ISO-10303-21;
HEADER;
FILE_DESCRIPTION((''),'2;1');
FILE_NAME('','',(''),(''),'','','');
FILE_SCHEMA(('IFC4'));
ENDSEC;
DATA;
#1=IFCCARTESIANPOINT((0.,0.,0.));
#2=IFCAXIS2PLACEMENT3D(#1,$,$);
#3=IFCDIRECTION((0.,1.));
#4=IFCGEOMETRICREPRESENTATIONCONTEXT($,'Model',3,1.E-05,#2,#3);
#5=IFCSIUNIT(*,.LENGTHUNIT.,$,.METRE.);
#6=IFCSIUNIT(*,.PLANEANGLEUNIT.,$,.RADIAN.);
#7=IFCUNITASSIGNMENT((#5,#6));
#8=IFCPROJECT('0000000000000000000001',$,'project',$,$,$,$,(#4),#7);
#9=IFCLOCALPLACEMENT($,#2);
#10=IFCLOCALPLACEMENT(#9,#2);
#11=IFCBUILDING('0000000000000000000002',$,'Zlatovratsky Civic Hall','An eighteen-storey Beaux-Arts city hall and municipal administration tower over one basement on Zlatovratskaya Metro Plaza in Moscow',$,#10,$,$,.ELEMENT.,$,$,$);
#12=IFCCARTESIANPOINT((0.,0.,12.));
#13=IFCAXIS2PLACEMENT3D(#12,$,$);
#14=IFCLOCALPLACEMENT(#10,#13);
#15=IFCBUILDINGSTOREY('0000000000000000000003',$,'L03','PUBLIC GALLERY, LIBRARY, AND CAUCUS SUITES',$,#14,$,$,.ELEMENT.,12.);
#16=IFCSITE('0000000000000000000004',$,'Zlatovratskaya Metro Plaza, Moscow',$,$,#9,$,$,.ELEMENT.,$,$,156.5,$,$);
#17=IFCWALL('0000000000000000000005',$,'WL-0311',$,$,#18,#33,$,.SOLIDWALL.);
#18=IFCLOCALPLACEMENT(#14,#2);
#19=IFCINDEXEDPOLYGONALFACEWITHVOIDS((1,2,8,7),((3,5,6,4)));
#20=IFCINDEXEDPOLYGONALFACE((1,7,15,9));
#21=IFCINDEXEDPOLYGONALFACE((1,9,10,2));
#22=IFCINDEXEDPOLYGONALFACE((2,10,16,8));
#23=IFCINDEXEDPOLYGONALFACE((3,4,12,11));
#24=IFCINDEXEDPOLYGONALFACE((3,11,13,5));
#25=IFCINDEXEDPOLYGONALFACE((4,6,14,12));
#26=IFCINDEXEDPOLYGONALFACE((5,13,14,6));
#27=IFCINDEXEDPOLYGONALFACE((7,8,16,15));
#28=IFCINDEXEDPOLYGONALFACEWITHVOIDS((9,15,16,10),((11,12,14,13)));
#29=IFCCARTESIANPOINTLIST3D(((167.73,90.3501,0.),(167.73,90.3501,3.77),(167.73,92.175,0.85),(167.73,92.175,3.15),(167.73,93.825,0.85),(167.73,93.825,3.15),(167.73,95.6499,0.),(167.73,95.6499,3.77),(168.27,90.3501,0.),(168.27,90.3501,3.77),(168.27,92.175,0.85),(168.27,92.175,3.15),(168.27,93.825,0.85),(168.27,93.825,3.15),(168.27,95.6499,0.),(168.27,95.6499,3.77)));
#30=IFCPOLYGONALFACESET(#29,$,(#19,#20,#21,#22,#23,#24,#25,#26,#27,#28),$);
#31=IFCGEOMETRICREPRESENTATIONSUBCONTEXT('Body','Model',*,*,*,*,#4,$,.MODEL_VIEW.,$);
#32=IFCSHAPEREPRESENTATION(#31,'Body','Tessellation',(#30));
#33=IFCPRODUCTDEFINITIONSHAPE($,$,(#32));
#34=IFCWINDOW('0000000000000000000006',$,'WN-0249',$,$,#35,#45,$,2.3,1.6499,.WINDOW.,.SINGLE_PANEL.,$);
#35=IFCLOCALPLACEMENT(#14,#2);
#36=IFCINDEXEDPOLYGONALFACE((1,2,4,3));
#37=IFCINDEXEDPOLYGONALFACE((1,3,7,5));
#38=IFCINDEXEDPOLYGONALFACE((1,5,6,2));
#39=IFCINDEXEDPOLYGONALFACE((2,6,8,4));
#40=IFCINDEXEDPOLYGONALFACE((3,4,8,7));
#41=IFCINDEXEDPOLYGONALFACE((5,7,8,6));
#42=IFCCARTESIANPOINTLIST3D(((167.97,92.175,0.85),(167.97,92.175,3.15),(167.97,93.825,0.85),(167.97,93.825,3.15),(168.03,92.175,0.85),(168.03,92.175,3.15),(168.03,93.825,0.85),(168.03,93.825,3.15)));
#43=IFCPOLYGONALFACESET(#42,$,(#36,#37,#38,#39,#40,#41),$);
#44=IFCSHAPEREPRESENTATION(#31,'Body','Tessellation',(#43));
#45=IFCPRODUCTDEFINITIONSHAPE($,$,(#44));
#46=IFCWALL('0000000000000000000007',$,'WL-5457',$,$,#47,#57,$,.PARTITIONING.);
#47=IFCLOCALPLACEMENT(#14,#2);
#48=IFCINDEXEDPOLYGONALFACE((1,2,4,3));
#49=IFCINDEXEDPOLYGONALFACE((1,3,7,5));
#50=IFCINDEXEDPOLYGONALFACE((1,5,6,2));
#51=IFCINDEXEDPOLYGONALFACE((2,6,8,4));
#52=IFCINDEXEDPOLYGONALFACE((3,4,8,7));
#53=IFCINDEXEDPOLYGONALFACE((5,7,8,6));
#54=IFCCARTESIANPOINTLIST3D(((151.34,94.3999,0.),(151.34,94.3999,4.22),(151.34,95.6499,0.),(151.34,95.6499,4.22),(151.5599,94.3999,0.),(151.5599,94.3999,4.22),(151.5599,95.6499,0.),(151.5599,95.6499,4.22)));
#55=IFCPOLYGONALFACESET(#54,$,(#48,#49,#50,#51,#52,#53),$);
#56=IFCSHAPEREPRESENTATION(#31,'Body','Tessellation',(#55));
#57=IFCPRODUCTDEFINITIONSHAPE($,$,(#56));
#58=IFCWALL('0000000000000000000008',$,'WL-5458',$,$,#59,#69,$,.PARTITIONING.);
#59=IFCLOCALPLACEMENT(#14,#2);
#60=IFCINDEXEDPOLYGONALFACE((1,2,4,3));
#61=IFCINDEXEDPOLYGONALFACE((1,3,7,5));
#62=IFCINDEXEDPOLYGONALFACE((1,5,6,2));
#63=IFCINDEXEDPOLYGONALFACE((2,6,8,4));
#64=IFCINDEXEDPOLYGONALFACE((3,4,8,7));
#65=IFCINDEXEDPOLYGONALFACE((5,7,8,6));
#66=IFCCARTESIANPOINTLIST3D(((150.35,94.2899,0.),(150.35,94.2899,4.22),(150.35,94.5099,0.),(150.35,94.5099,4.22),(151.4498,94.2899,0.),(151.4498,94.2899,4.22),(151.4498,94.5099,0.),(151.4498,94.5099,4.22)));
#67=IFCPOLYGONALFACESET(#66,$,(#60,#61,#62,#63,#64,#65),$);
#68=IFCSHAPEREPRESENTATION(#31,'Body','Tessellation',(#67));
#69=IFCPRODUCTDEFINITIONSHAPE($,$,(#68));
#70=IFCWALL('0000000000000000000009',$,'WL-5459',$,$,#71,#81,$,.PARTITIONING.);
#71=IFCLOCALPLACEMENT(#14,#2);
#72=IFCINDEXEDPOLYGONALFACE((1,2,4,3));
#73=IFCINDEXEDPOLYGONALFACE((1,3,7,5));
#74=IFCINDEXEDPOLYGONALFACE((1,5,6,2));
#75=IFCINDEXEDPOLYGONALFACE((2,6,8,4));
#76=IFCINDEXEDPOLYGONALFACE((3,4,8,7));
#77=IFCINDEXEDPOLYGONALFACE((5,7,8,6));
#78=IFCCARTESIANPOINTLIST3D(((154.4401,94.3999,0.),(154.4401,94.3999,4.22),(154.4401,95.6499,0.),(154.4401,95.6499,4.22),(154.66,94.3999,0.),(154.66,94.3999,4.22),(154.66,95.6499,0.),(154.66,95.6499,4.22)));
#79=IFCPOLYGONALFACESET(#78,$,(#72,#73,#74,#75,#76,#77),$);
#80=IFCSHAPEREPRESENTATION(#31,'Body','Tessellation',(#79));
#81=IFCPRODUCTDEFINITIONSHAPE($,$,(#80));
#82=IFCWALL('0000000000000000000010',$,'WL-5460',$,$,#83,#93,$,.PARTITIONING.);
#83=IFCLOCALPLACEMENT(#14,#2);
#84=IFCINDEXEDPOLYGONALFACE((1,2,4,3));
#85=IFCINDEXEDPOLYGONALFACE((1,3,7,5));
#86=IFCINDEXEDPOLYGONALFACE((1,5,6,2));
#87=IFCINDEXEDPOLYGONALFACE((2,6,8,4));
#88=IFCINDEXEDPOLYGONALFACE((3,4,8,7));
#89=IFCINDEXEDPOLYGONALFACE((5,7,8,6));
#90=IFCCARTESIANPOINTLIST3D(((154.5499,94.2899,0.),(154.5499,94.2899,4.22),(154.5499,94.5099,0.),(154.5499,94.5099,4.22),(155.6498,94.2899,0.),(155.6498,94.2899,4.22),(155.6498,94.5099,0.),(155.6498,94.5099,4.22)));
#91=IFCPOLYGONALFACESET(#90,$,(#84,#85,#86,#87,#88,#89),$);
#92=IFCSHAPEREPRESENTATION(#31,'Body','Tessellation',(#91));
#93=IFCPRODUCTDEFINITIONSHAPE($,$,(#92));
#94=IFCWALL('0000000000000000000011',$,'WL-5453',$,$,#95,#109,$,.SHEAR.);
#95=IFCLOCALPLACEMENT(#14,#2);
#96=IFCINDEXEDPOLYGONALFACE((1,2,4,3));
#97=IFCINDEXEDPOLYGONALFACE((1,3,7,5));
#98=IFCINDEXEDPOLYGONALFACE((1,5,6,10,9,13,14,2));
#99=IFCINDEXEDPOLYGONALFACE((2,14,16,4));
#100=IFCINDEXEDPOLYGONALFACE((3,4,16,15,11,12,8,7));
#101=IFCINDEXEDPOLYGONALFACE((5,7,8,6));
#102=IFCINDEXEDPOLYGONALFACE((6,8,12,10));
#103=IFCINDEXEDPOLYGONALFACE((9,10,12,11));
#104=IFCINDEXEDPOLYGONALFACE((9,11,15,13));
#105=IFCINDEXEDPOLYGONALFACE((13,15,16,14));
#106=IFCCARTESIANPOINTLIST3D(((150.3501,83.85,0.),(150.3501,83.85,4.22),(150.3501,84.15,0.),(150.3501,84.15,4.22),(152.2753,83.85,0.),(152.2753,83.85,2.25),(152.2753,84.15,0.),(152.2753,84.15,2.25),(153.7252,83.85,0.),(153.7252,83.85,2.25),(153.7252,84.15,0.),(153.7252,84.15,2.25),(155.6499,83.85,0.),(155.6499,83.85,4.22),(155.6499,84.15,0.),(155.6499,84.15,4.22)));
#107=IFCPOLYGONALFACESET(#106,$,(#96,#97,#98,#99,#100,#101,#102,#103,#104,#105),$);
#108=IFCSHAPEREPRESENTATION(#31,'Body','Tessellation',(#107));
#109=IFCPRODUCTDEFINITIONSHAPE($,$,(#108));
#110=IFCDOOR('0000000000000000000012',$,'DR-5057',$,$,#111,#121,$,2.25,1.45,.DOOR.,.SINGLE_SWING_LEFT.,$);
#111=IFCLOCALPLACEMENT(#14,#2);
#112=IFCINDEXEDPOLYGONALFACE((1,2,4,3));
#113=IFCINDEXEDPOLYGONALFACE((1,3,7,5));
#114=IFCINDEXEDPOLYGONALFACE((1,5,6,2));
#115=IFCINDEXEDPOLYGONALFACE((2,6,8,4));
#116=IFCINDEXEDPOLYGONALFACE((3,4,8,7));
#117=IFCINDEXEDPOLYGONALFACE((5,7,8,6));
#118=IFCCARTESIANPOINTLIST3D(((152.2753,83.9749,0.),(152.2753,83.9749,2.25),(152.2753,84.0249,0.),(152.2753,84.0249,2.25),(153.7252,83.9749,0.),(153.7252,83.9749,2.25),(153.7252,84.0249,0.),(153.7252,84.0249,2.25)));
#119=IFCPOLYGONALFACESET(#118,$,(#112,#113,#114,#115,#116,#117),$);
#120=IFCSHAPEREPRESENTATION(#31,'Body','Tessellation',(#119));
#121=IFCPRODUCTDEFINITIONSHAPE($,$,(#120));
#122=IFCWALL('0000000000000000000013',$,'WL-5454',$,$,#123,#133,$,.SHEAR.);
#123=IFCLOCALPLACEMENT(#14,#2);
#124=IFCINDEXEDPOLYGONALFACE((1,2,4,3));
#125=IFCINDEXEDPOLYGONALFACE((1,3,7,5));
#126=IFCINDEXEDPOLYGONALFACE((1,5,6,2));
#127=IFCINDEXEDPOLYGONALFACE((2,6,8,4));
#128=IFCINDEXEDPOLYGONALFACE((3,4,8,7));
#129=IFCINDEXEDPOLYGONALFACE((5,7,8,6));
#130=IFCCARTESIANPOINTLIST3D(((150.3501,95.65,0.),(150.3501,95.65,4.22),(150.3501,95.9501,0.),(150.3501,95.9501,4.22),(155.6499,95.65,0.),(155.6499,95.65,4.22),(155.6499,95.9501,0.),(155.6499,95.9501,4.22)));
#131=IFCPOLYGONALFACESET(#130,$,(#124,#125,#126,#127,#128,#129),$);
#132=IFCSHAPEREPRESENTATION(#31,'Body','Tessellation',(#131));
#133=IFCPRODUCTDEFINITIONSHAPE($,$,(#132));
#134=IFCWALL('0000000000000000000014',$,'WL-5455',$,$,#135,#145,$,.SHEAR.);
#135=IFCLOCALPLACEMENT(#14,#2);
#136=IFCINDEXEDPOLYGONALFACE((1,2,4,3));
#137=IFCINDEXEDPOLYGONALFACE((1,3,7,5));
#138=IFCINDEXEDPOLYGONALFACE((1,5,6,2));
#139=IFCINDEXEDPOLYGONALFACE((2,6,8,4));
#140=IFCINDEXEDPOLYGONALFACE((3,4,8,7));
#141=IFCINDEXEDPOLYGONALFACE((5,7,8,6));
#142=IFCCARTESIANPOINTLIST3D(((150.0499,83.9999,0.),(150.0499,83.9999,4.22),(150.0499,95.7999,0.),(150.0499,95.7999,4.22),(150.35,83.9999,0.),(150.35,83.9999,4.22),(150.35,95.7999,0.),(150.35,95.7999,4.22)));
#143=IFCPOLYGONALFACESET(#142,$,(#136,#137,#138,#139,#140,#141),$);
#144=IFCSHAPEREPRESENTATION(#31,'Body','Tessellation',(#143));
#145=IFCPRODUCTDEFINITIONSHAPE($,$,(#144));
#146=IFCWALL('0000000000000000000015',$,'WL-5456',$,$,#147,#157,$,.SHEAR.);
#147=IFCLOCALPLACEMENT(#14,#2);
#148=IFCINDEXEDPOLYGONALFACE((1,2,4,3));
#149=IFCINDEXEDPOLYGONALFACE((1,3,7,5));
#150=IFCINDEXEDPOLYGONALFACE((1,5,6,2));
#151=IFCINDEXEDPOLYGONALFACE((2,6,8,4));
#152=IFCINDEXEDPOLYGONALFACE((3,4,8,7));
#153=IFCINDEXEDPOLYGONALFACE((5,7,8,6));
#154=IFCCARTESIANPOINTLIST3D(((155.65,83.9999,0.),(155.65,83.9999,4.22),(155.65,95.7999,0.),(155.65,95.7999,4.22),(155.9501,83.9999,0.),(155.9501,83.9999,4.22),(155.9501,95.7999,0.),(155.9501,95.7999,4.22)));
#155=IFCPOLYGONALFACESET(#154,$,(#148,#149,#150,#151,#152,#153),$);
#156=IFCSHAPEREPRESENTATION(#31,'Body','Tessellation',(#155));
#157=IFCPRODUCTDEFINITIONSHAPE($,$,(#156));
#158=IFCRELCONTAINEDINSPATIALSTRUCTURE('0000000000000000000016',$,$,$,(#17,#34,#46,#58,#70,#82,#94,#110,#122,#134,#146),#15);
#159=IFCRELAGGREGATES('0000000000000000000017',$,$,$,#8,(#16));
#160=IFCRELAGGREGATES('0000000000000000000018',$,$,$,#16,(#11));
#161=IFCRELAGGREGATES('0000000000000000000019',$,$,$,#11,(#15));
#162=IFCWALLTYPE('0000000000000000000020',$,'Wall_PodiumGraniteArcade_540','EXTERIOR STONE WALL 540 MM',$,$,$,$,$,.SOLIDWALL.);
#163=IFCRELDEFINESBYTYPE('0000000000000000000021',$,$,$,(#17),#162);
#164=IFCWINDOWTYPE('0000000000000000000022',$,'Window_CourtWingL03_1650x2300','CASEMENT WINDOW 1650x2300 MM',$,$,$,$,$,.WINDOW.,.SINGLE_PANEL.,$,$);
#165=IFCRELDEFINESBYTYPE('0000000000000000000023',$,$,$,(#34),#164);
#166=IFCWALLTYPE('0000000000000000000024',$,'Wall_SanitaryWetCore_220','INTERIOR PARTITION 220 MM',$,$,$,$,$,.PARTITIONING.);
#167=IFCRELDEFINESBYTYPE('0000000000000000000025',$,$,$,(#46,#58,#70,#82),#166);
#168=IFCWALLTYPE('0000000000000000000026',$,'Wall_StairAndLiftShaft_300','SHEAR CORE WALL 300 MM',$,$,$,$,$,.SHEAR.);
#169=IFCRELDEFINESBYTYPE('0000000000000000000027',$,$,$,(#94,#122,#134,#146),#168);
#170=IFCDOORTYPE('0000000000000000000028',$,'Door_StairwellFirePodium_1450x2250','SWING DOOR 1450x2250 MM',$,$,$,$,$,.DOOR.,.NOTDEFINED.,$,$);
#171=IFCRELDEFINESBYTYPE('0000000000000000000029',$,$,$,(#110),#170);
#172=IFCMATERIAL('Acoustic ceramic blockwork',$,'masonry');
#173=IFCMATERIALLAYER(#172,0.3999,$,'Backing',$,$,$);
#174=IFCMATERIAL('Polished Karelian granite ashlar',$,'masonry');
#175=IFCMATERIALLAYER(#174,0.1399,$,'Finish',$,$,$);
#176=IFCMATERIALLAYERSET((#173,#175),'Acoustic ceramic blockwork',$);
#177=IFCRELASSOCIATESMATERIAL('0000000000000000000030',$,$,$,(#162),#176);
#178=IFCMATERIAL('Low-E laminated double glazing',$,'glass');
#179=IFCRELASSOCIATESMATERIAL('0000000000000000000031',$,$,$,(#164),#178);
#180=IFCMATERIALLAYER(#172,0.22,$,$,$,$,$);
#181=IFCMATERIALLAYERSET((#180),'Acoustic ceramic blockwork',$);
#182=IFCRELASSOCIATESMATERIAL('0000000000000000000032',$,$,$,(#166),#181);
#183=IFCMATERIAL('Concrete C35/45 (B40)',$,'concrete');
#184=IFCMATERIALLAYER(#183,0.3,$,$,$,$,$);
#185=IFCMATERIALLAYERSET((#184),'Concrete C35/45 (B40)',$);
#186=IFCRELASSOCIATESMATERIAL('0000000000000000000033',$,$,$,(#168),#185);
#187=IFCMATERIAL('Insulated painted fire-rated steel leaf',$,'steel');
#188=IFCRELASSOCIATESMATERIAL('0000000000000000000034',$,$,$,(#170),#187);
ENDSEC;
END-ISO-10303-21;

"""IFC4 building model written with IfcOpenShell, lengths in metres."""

from ifc_helpers import new_model, si_unit, direction, frame, frame_2d, origin, place, context, subcontext, project, spatial, rectangle, extrude, material, layer, layer_set, type_object, element, fill, save


model = new_model("IFC4")

# Units and contexts
model_context = context("Model", 3, precision=1e-05, world=origin(), true_north=direction((0.0, 1.0)))
body_context = subcontext(model_context, "Body", "Model", "MODEL_VIEW")
ifc_project = project(units=[si_unit("LENGTHUNIT", "METRE"), si_unit("PLANEANGLEUNIT", "RADIAN")], contexts=[model_context])

# Site, building, storey
site_placement = place(None, origin())
site = spatial("IfcSite", under=ifc_project, at=site_placement, Name="Zlatovratskaya Metro Plaza, Moscow", CompositionType="ELEMENT", RefElevation=156.5)
building_placement = place(site_placement, origin())
building = spatial("IfcBuilding", under=site, at=building_placement, Name="Zlatovratsky Civic Hall", Description="An eighteen-storey Beaux-Arts city hall and municipal administration tower over one basement on Zlatovratskaya Metro Plaza in Moscow", CompositionType="ELEMENT")
storey_placement = place(building_placement, frame((0.0, 0.0, 12.0)))
storey = spatial("IfcBuildingStorey", under=building, at=storey_placement, Name="L03", Description="PUBLIC GALLERY, LIBRARY, AND CAUCUS SUITES", CompositionType="ELEMENT", Elevation=12.0)

# Shared definitions
ifc_material_1 = material(Name="Concrete C35/45 (B40)", Category="concrete")

# Shared definitions
ifc_material_2 = material(Name="Acoustic ceramic blockwork", Category="masonry")
ifc_material_3 = material(Name="Insulated painted fire-rated steel leaf", Category="steel")

# Wall, opening, window
ifc_layer_1 = layer(ifc_material_2, 0.3999, Name="Backing")
ifc_material_4 = material(Name="Polished Karelian granite ashlar", Category="masonry")
ifc_layer_2 = layer(ifc_material_4, 0.1399, Name="Finish")
ifc_layer_set_1 = layer_set([ifc_layer_1, ifc_layer_2], Name="Acoustic ceramic blockwork")
wall_type_1 = type_object("IfcWallType", Name="Wall_PodiumGraniteArcade_540", Description="EXTERIOR STONE WALL 540 MM", PredefinedType="SOLIDWALL", material=ifc_layer_set_1)
ifc_material_5 = material(Name="Low-E laminated double glazing", Category="glass")
window_type = type_object("IfcWindowType", Name="Window_CourtWingL03_1650x2300", Description="CASEMENT WINDOW 1650x2300 MM", PartitioningType="SINGLE_PANEL", PredefinedType="WINDOW", material=ifc_material_5)
wall_1_placement = place(storey_placement, frame((168.0, 90.3501, 0.0), z_axis=(0.0, 0.0, 1.0), x_axis=(0.0, 1.0, 0.0)))
wall_1 = element("IfcWall", 1, at=wall_1_placement, inside=storey, type_object=wall_type_1, Name="WL-0311", PredefinedType="SOLIDWALL", context=body_context, shape_type="SweptSolid", body=[
    extrude(rectangle(XDim=5.2998, YDim=0.54, at=frame_2d((2.6499, 0.0))), origin(), (0.0, 0.0, 1.0), 3.77),
])
opening_1_placement = place(wall_1_placement, frame((1.825, 0.0, 0.8501)))
opening_1 = element("IfcOpeningElement", 2, at=opening_1_placement, cuts=wall_1, PredefinedType="OPENING", context=body_context, shape_type="SweptSolid", body=[
    extrude(rectangle(XDim=1.6499, YDim=2.3, at=frame_2d((0.825, 1.1499))), frame((0.0, 0.2849, 0.0), z_axis=(0.0, -1.0, 0.0), x_axis=(1.0, 0.0, 0.0)), (0.0, 0.0, 1.0), 0.5698),
])
window_1_placement = place(opening_1_placement, origin())
window_1 = element("IfcWindow", 3, at=window_1_placement, inside=storey, type_object=window_type, Name="WN-0249", OverallHeight=2.3, OverallWidth=1.6499, PartitioningType="SINGLE_PANEL", PredefinedType="WINDOW", context=body_context, shape_type="SweptSolid", body=[
    extrude(rectangle(XDim=1.6499, YDim=2.3, at=frame_2d((0.825, 1.1499))), frame((0.0, 0.03, 0.0), z_axis=(0.0, -1.0, 0.0), x_axis=(1.0, 0.0, 0.0)), (0.0, 0.0, 1.0), 0.0601),
])
fill(opening_1, window_1)

# Walls
ifc_layer_3 = layer(ifc_material_2, 0.22)
ifc_layer_set_2 = layer_set([ifc_layer_3], Name="Acoustic ceramic blockwork")
wall_type_2 = type_object("IfcWallType", Name="Wall_SanitaryWetCore_220", Description="INTERIOR PARTITION 220 MM", PredefinedType="PARTITIONING", material=ifc_layer_set_2)
wall_2_placement = place(storey_placement, frame((151.45, 94.3999, 0.0), z_axis=(0.0, 0.0, 1.0), x_axis=(0.0, 1.0, 0.0)))
element("IfcWall", 4, at=wall_2_placement, inside=storey, type_object=wall_type_2, Name="WL-5457", PredefinedType="PARTITIONING", context=body_context, shape_type="SweptSolid", body=[
    extrude(rectangle(XDim=1.25, YDim=0.22, at=frame_2d((0.625, 0.0))), origin(), (0.0, 0.0, 1.0), 4.22),
])
wall_3_placement = place(storey_placement, frame((150.3501, 94.3999, 0.0), z_axis=(0.0, 0.0, 1.0), x_axis=(1.0, 0.0, 0.0)))
element("IfcWall", 5, at=wall_3_placement, inside=storey, type_object=wall_type_2, Name="WL-5458", PredefinedType="PARTITIONING", context=body_context, shape_type="SweptSolid", body=[
    extrude(rectangle(XDim=1.0999, YDim=0.22, at=frame_2d((0.5498, 0.0))), origin(), (0.0, 0.0, 1.0), 4.22),
])
wall_4_placement = place(storey_placement, frame((154.55, 94.3999, 0.0), z_axis=(0.0, 0.0, 1.0), x_axis=(0.0, 1.0, 0.0)))
element("IfcWall", 6, at=wall_4_placement, inside=storey, type_object=wall_type_2, Name="WL-5459", PredefinedType="PARTITIONING", context=body_context, shape_type="SweptSolid", body=[
    extrude(rectangle(XDim=1.25, YDim=0.22, at=frame_2d((0.625, 0.0))), origin(), (0.0, 0.0, 1.0), 4.22),
])
wall_5_placement = place(storey_placement, frame((154.55, 94.3999, 0.0), z_axis=(0.0, 0.0, 1.0), x_axis=(1.0, 0.0, 0.0)))
element("IfcWall", 7, at=wall_5_placement, inside=storey, type_object=wall_type_2, Name="WL-5460", PredefinedType="PARTITIONING", context=body_context, shape_type="SweptSolid", body=[
    extrude(rectangle(XDim=1.0999, YDim=0.22, at=frame_2d((0.5498, 0.0))), origin(), (0.0, 0.0, 1.0), 4.22),
])

# Wall, opening, door
ifc_layer_4 = layer(ifc_material_1, 0.3)
ifc_layer_set_3 = layer_set([ifc_layer_4], Name="Concrete C35/45 (B40)")
wall_type_3 = type_object("IfcWallType", Name="Wall_StairAndLiftShaft_300", Description="SHEAR CORE WALL 300 MM", PredefinedType="SHEAR", material=ifc_layer_set_3)
wall_6_placement = place(storey_placement, frame((150.3501, 84.0, 0.0), z_axis=(0.0, 0.0, 1.0), x_axis=(1.0, 0.0, 0.0)))
wall_6 = element("IfcWall", 8, at=wall_6_placement, inside=storey, type_object=wall_type_3, Name="WL-5453", PredefinedType="SHEAR", context=body_context, shape_type="SweptSolid", body=[
    extrude(rectangle(XDim=5.2998, YDim=0.3, at=frame_2d((2.6499, 0.0))), origin(), (0.0, 0.0, 1.0), 4.22),
])
opening_2_placement = place(wall_6_placement, frame((1.925, 0.0, 0.0)))
opening_2 = element("IfcOpeningElement", 9, at=opening_2_placement, cuts=wall_6, PredefinedType="OPENING", context=body_context, shape_type="SweptSolid", body=[
    extrude(rectangle(XDim=1.45, YDim=2.25, at=frame_2d((0.7251, 1.125))), frame((0.0, 0.165, 0.0), z_axis=(0.0, -1.0, 0.0), x_axis=(1.0, 0.0, 0.0)), (0.0, 0.0, 1.0), 0.3298),
])
door_type_1 = type_object("IfcDoorType", Name="Door_StairwellFirePodium_1450x2250", Description="SWING DOOR 1450x2250 MM", OperationType="NOTDEFINED", PredefinedType="DOOR", material=ifc_material_3)
door_1_placement = place(opening_2_placement, origin())
door_1 = element("IfcDoor", 10, at=door_1_placement, inside=storey, type_object=door_type_1, Name="DR-5057", OperationType="SINGLE_SWING_LEFT", OverallHeight=2.25, OverallWidth=1.45, PredefinedType="DOOR", context=body_context, shape_type="SweptSolid", body=[
    extrude(rectangle(XDim=1.45, YDim=2.25, at=frame_2d((0.7251, 1.125))), frame((0.0, 0.0249, 0.0), z_axis=(0.0, -1.0, 0.0), x_axis=(1.0, 0.0, 0.0)), (0.0, 0.0, 1.0), 0.05),
])
fill(opening_2, door_1)

# Walls
wall_7_placement = place(storey_placement, frame((150.3501, 95.8, 0.0), z_axis=(0.0, 0.0, 1.0), x_axis=(1.0, 0.0, 0.0)))
element("IfcWall", 11, at=wall_7_placement, inside=storey, type_object=wall_type_3, Name="WL-5454", PredefinedType="SHEAR", context=body_context, shape_type="SweptSolid", body=[
    extrude(rectangle(XDim=5.2998, YDim=0.3, at=frame_2d((2.6499, 0.0))), origin(), (0.0, 0.0, 1.0), 4.22),
])
for number, where, z_axis, x_axis, name in (
    (12, (150.2, 84.0, 0.0), (0.0, 0.0, 1.0), (0.0, 1.0, 0.0), "WL-5455"),
    (13, (155.8, 84.0, 0.0), (0.0, 0.0, 1.0), (0.0, 1.0, 0.0), "WL-5456"),
):
    element("IfcWall", number, at=place(storey_placement, frame(where, z_axis=z_axis, x_axis=x_axis)), inside=storey, type_object=wall_type_3, Name=name, PredefinedType="SHEAR", context=body_context, shape_type="SweptSolid", body=[
        extrude(rectangle(XDim=11.8, YDim=0.3, at=frame_2d((5.8999, 0.0))), origin(), (0.0, 0.0, 1.0), 4.22),
    ])

save(model, "model.ifc")
